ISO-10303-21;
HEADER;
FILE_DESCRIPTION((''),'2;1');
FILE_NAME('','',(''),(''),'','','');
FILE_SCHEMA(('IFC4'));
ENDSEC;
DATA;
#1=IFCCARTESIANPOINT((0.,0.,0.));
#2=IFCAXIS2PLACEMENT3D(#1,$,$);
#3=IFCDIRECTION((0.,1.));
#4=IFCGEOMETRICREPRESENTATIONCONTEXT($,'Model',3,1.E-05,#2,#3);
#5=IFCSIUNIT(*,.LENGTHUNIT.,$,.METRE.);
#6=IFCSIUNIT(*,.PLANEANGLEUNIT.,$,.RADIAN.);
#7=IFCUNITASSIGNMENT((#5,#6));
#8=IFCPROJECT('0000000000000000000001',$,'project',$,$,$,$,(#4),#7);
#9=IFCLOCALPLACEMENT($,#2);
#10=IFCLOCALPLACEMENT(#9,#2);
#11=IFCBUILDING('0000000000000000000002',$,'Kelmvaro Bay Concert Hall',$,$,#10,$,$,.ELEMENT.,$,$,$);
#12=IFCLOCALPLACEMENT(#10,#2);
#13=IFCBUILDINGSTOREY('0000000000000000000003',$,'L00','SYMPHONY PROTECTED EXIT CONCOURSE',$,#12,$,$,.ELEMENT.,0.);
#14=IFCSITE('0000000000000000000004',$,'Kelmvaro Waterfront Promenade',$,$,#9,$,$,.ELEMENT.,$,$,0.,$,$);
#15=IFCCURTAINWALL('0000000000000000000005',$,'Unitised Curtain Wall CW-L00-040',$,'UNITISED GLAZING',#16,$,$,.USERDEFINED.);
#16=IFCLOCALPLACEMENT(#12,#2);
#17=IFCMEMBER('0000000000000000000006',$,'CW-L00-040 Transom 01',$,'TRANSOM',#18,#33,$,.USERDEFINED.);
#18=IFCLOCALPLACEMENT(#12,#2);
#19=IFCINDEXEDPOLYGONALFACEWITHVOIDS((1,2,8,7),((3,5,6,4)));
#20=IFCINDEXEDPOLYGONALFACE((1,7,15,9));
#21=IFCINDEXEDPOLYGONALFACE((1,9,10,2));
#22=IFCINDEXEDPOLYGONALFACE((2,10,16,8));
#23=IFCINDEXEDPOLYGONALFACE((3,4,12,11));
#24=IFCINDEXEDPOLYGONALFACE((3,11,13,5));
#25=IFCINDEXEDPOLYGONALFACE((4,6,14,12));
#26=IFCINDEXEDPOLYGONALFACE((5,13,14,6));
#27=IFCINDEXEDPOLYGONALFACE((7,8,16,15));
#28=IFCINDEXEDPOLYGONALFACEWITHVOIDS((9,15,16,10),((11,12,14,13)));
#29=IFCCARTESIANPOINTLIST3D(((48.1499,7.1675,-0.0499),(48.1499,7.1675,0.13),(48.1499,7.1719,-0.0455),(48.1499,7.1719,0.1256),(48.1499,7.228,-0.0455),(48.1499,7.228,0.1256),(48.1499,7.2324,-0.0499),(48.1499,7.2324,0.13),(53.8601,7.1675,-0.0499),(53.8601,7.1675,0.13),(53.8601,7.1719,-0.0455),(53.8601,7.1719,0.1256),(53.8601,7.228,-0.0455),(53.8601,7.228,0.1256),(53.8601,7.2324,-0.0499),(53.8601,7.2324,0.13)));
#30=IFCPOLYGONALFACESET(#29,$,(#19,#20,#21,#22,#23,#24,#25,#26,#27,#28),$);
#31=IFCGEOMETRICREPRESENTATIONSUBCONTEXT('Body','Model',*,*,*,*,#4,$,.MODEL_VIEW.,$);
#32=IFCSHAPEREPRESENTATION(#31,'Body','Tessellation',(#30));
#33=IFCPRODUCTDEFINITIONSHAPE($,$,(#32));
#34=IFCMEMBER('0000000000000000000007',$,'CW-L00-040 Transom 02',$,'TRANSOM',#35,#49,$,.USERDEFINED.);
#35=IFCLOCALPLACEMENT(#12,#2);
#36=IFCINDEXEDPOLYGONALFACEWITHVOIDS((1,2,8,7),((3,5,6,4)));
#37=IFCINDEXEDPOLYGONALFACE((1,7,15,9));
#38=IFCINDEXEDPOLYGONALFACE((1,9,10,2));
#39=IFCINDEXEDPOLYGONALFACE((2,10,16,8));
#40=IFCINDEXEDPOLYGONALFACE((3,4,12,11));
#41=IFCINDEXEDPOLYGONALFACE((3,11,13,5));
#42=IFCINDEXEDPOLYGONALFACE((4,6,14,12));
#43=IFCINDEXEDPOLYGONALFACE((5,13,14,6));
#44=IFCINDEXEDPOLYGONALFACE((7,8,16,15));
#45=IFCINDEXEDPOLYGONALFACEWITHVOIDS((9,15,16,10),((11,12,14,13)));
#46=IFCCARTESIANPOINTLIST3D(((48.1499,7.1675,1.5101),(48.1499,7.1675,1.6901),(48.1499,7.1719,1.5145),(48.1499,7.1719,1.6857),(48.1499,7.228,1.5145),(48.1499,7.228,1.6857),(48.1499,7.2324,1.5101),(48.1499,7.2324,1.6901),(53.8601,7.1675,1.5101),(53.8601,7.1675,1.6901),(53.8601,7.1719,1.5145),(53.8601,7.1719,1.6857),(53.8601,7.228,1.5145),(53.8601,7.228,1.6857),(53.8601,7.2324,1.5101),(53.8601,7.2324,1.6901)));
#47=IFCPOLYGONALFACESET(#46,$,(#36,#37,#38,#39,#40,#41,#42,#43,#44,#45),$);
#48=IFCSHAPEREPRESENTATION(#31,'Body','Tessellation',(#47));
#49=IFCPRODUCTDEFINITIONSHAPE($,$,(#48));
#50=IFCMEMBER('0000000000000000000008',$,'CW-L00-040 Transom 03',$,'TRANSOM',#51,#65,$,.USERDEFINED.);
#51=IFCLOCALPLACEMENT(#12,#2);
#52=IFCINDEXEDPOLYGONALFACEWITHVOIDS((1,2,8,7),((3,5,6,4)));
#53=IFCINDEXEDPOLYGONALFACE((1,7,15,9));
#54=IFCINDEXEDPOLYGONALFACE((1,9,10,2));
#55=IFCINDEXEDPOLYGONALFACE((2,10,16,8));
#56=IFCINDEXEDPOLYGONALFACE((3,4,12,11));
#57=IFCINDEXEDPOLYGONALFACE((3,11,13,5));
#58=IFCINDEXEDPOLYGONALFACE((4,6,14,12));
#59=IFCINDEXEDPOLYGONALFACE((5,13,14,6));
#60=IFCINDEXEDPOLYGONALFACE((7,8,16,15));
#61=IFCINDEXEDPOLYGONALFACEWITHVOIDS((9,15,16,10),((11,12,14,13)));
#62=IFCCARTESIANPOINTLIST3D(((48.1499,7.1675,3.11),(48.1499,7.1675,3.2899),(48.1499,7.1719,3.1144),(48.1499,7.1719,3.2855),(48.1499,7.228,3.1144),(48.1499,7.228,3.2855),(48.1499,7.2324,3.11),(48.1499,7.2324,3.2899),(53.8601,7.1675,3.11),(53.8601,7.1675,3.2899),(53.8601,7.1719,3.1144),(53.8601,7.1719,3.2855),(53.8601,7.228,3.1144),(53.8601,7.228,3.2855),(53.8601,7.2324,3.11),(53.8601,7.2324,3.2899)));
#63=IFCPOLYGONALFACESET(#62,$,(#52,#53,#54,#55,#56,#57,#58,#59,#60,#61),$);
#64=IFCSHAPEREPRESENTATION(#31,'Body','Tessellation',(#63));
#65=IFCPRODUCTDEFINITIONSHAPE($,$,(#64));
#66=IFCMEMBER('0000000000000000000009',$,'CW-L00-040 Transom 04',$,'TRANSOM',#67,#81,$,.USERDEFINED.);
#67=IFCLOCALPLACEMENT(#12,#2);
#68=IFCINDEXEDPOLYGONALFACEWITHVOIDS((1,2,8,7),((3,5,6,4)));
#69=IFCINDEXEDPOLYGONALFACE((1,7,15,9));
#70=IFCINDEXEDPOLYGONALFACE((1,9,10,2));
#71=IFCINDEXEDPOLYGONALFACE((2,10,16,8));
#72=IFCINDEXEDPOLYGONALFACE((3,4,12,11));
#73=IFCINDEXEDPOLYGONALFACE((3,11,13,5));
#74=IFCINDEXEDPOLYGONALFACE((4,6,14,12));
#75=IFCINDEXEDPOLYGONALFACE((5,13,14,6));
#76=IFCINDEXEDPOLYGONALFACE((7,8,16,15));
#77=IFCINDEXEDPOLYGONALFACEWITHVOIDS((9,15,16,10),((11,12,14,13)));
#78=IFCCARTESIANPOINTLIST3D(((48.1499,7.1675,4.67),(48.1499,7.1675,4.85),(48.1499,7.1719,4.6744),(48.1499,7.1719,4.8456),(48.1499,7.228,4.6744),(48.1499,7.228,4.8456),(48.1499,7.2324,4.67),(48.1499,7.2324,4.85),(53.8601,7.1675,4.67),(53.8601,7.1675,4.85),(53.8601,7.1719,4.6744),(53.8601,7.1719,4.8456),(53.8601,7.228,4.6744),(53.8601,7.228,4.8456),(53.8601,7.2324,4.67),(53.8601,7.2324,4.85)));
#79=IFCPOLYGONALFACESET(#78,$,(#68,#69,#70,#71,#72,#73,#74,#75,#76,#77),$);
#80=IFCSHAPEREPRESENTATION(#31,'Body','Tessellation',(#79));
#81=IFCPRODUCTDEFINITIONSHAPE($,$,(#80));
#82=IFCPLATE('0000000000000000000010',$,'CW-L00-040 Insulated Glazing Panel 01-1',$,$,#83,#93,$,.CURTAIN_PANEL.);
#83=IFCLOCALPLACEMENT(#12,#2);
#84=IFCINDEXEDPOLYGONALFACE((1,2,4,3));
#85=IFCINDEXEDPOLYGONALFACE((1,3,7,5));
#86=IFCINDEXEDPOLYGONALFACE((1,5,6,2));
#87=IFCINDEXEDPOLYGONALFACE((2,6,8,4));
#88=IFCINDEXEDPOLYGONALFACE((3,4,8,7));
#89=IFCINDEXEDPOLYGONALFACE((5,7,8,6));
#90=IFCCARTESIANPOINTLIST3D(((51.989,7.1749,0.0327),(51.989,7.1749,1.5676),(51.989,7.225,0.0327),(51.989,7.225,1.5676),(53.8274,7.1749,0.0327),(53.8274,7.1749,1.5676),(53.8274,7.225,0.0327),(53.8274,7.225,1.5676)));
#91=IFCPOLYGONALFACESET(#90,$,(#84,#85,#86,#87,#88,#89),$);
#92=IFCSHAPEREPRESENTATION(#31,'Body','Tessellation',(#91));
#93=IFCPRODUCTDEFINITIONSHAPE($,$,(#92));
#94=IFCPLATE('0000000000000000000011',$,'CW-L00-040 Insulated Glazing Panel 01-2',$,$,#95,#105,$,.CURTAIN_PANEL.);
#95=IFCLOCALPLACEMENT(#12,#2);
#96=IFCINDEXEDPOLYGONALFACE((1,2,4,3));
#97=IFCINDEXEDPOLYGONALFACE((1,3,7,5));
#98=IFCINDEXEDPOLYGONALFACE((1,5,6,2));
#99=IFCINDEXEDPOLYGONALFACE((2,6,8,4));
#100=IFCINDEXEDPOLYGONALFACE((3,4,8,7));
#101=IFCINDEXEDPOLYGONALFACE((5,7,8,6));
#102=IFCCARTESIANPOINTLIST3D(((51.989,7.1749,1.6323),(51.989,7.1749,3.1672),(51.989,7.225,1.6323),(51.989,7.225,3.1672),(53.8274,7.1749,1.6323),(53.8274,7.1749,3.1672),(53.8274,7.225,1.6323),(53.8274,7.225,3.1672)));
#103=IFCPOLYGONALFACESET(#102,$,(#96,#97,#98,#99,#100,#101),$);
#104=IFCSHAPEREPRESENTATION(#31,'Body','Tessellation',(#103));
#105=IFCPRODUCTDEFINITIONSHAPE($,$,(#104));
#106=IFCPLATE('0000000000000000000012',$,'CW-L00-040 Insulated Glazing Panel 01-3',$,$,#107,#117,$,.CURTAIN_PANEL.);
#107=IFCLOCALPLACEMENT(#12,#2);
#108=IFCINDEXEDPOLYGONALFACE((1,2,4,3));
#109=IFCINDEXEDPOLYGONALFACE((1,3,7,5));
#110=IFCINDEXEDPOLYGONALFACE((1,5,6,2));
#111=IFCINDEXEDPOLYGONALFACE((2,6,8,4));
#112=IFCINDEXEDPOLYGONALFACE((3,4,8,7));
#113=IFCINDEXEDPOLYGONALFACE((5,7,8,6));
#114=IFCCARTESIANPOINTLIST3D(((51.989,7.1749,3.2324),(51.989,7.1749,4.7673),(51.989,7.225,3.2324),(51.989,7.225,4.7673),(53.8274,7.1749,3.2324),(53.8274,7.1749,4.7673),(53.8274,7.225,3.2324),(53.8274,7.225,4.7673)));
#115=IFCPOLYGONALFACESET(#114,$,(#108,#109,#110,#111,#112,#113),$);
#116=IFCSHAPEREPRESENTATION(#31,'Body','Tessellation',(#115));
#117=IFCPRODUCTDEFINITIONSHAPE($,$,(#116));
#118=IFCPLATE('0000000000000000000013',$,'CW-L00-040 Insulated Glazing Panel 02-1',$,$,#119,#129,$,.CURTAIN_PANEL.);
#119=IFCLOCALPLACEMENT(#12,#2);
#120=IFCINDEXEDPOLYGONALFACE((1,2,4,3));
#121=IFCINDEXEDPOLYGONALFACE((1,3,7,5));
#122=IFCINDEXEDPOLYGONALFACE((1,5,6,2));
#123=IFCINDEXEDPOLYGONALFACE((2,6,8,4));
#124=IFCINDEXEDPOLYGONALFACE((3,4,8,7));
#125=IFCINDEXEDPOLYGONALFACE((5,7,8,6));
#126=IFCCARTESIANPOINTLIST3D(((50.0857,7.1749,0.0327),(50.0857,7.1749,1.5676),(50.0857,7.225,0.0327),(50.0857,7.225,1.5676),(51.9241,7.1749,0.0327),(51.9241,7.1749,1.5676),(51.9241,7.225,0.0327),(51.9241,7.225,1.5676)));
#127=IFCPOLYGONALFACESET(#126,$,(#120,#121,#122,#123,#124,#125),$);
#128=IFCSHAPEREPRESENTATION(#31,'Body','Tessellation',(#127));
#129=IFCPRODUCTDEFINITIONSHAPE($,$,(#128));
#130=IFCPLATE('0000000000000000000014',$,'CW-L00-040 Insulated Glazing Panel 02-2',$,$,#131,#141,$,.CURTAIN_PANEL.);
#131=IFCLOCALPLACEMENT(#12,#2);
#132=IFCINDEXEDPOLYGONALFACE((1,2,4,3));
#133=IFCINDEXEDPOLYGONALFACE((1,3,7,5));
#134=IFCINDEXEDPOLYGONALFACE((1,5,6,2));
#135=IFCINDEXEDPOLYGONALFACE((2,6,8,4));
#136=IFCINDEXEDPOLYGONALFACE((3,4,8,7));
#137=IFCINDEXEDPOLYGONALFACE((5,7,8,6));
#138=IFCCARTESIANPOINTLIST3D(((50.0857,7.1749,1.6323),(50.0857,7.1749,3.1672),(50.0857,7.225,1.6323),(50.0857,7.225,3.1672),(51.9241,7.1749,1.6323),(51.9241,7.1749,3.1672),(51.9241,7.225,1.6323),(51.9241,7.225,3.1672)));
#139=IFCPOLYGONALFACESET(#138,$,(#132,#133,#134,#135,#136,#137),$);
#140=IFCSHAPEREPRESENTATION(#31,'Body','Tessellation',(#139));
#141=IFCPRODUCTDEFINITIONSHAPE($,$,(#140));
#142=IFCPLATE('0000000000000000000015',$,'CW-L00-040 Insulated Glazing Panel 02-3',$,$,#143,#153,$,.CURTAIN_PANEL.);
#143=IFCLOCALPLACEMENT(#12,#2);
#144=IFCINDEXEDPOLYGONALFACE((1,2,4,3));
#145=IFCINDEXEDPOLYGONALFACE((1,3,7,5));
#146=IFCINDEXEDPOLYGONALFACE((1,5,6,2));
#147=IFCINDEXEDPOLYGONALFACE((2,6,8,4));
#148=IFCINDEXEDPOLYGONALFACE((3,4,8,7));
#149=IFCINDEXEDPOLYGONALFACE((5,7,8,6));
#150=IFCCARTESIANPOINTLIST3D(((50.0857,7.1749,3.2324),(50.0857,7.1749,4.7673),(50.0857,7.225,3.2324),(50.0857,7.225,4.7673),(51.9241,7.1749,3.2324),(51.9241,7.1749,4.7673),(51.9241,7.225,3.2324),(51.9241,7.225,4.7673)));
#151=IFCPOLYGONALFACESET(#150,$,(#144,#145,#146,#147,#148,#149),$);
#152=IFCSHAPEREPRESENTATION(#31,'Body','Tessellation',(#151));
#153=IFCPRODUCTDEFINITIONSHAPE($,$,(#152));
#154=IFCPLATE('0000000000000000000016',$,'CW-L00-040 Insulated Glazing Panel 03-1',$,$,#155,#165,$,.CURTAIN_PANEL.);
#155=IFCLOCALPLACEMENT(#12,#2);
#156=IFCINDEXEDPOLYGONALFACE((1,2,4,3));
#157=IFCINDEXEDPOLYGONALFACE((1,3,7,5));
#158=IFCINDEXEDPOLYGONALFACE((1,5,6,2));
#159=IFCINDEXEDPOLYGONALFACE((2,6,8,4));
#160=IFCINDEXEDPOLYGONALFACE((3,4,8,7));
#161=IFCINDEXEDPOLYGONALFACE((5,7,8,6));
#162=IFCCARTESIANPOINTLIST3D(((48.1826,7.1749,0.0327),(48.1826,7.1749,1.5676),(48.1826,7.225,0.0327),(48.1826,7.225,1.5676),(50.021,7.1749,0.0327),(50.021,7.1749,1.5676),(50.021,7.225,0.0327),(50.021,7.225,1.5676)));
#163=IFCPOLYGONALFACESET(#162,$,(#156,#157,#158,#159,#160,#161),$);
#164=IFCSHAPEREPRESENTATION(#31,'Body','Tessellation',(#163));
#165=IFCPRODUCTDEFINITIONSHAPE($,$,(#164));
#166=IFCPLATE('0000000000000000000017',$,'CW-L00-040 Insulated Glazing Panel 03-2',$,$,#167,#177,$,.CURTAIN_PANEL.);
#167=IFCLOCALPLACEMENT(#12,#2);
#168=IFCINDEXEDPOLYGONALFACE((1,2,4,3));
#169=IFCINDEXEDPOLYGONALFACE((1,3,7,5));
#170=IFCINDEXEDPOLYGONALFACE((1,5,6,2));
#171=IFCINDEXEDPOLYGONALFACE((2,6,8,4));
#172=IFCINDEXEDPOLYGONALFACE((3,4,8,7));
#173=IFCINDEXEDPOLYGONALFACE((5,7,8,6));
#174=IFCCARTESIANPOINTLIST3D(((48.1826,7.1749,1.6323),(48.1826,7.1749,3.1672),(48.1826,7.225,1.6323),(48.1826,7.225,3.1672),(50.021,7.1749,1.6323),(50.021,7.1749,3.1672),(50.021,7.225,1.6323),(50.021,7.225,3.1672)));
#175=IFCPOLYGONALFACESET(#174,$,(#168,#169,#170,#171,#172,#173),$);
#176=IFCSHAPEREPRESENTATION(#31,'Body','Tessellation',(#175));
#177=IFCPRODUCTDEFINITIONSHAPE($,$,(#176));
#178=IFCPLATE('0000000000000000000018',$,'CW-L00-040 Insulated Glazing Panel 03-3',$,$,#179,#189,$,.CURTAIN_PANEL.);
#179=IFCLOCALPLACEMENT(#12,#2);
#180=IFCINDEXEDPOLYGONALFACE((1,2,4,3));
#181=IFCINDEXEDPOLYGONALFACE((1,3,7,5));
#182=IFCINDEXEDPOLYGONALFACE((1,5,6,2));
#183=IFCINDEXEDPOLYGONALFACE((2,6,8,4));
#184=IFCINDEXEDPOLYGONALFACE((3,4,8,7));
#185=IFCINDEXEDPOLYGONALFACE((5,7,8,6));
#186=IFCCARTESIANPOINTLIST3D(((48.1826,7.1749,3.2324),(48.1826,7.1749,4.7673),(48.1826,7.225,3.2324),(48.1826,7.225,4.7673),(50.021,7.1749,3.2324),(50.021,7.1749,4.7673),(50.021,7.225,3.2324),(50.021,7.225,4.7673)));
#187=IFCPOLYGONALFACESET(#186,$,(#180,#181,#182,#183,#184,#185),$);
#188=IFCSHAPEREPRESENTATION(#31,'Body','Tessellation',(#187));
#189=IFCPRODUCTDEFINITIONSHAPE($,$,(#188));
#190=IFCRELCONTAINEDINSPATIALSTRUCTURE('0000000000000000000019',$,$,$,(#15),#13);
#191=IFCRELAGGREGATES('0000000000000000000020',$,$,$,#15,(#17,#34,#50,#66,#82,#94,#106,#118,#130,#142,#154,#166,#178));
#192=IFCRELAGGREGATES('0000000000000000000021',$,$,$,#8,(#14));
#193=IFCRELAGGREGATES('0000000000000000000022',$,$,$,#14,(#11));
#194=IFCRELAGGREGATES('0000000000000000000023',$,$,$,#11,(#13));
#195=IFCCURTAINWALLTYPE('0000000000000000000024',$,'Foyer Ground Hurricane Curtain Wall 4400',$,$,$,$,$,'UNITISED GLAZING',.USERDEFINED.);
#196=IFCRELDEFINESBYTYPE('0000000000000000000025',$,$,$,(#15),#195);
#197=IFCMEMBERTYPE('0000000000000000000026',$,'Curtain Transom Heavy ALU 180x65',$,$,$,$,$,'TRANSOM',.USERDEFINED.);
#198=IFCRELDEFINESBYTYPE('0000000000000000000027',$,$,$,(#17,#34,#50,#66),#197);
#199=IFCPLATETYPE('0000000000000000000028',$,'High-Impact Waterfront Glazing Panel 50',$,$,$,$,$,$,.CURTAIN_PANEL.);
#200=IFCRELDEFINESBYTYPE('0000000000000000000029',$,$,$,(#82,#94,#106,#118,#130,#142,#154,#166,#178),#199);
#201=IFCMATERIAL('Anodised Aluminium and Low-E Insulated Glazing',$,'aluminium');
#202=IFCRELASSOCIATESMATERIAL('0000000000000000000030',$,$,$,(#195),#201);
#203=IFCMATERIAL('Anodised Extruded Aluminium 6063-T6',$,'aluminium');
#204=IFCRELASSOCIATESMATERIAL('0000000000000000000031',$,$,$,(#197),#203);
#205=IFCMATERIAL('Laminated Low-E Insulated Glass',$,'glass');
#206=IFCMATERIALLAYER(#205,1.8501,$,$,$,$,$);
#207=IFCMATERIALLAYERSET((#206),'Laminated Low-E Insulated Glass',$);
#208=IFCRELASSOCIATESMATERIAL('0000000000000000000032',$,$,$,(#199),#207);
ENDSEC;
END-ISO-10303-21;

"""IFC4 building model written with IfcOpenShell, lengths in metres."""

from ifc_helpers import new_model, si_unit, direction, frame, origin, origin_2d, place, context, subcontext, project, spatial, rectangle, hollow_rectangle, extrude, material, layer, layer_set, material_profile, profile_set, type_object, element, aggregate, save


model = new_model("IFC4")

# Units and contexts
model_context = context("Model", 3, precision=1e-05, world=origin(), true_north=direction((0.0, 1.0)))
body_context = subcontext(model_context, "Body", "Model", "MODEL_VIEW")
ifc_project = project(units=[si_unit("LENGTHUNIT", "METRE"), si_unit("PLANEANGLEUNIT", "RADIAN")], contexts=[model_context])

# Site, building, storey
site_placement = place(None, origin())
site = spatial("IfcSite", under=ifc_project, at=site_placement, Name="Kelmvaro Waterfront Promenade", CompositionType="ELEMENT", RefElevation=0.0)
building_placement = place(site_placement, origin())
building = spatial("IfcBuilding", under=site, at=building_placement, Name="Kelmvaro Bay Concert Hall", CompositionType="ELEMENT")
storey_placement = place(building_placement, origin())
storey = spatial("IfcBuildingStorey", under=building, at=storey_placement, Name="L00", Description="SYMPHONY PROTECTED EXIT CONCOURSE", CompositionType="ELEMENT", Elevation=0.0)

# Curtain wall
ifc_material_1 = material(Name="Anodised Aluminium and Low-E Insulated Glazing", Category="aluminium")
curtain_wall_type = type_object("IfcCurtainWallType", Name="Foyer Ground Hurricane Curtain Wall 4400", ElementType="UNITISED GLAZING", PredefinedType="USERDEFINED", material=ifc_material_1)
curtain_wall_1_placement = place(storey_placement, origin())
curtain_wall_1 = element("IfcCurtainWall", 1, at=curtain_wall_1_placement, inside=storey, type_object=curtain_wall_type, Name="Unitised Curtain Wall CW-L00-040", ObjectType="UNITISED GLAZING", PredefinedType="USERDEFINED")

# Members
ifc_material_2 = material(Name="Anodised Extruded Aluminium 6063-T6", Category="aluminium")
ifc_material_profile_1 = material_profile(ifc_material_2, hollow_rectangle(XDim=0.0649, YDim=0.1799, WallThickness=0.0044, at=origin_2d()), Name="ALU-TRN-180X65")
ifc_profile_set_1 = profile_set([ifc_material_profile_1], Name="Anodised Extruded Aluminium 6063-T6")
member_type_1 = type_object("IfcMemberType", Name="Curtain Transom Heavy ALU 180x65", ElementType="TRANSOM", PredefinedType="USERDEFINED", material=ifc_profile_set_1)
member_1_placement = place(storey_placement, frame((53.8601, 7.2, 0.04), z_axis=(-1.0, 0.0, 0.0), x_axis=(0.0, -1.0, 0.0)))
member_1 = element("IfcMember", 2, at=member_1_placement, type_object=member_type_1, Name="CW-L00-040 Transom 01", ObjectType="TRANSOM", PredefinedType="USERDEFINED", context=body_context, shape_type="SweptSolid", body=[
    extrude(hollow_rectangle(XDim=0.0649, YDim=0.1799, WallThickness=0.0044, at=origin_2d()), origin(), (0.0, 0.0, 1.0), 5.7102),
])
member_2_placement = place(storey_placement, frame((53.8601, 7.2, 1.6001), z_axis=(-1.0, 0.0, 0.0), x_axis=(0.0, -1.0, 0.0)))
member_2 = element("IfcMember", 3, at=member_2_placement, type_object=member_type_1, Name="CW-L00-040 Transom 02", ObjectType="TRANSOM", PredefinedType="USERDEFINED", context=body_context, shape_type="SweptSolid", body=[
    extrude(hollow_rectangle(XDim=0.0649, YDim=0.1799, WallThickness=0.0044, at=origin_2d()), origin(), (0.0, 0.0, 1.0), 5.7102),
])
member_3_placement = place(storey_placement, frame((53.8601, 7.2, 3.2), z_axis=(-1.0, 0.0, 0.0), x_axis=(0.0, -1.0, 0.0)))
member_3 = element("IfcMember", 4, at=member_3_placement, type_object=member_type_1, Name="CW-L00-040 Transom 03", ObjectType="TRANSOM", PredefinedType="USERDEFINED", context=body_context, shape_type="SweptSolid", body=[
    extrude(hollow_rectangle(XDim=0.0649, YDim=0.1799, WallThickness=0.0044, at=origin_2d()), origin(), (0.0, 0.0, 1.0), 5.7102),
])
member_4_placement = place(storey_placement, frame((53.8601, 7.2, 4.76), z_axis=(-1.0, 0.0, 0.0), x_axis=(0.0, -1.0, 0.0)))
member_4 = element("IfcMember", 5, at=member_4_placement, type_object=member_type_1, Name="CW-L00-040 Transom 04", ObjectType="TRANSOM", PredefinedType="USERDEFINED", context=body_context, shape_type="SweptSolid", body=[
    extrude(hollow_rectangle(XDim=0.0649, YDim=0.1799, WallThickness=0.0044, at=origin_2d()), origin(), (0.0, 0.0, 1.0), 5.7102),
])

# Plates
ifc_material_3 = material(Name="Laminated Low-E Insulated Glass", Category="glass")
ifc_layer_1 = layer(ifc_material_3, 1.8501)
ifc_layer_set_1 = layer_set([ifc_layer_1], Name="Laminated Low-E Insulated Glass")
plate_type = type_object("IfcPlateType", Name="High-Impact Waterfront Glazing Panel 50", PredefinedType="CURTAIN_PANEL", material=ifc_layer_set_1)
plate_1_placement = place(storey_placement, frame((52.9082, 7.2, 0.0327), z_axis=(0.0, 0.0, 1.0), x_axis=(-1.0, 0.0, 0.0)))
plate_1 = element("IfcPlate", 6, at=plate_1_placement, type_object=plate_type, Name="CW-L00-040 Insulated Glazing Panel 01-1", PredefinedType="CURTAIN_PANEL", context=body_context, shape_type="SweptSolid", body=[
    extrude(rectangle(XDim=1.8384, YDim=0.05, at=origin_2d()), origin(), (0.0, 0.0, 1.0), 1.5349),
])
plate_2_placement = place(storey_placement, frame((52.9082, 7.2, 1.6323), z_axis=(0.0, 0.0, 1.0), x_axis=(-1.0, 0.0, 0.0)))
plate_2 = element("IfcPlate", 7, at=plate_2_placement, type_object=plate_type, Name="CW-L00-040 Insulated Glazing Panel 01-2", PredefinedType="CURTAIN_PANEL", context=body_context, shape_type="SweptSolid", body=[
    extrude(rectangle(XDim=1.8384, YDim=0.05, at=origin_2d()), origin(), (0.0, 0.0, 1.0), 1.5349),
])
plate_3_placement = place(storey_placement, frame((52.9082, 7.2, 3.2324), z_axis=(0.0, 0.0, 1.0), x_axis=(-1.0, 0.0, 0.0)))
plate_3 = element("IfcPlate", 8, at=plate_3_placement, type_object=plate_type, Name="CW-L00-040 Insulated Glazing Panel 01-3", PredefinedType="CURTAIN_PANEL", context=body_context, shape_type="SweptSolid", body=[
    extrude(rectangle(XDim=1.8384, YDim=0.05, at=origin_2d()), origin(), (0.0, 0.0, 1.0), 1.5349),
])
plate_4_placement = place(storey_placement, frame((51.0049, 7.2, 0.0327), z_axis=(0.0, 0.0, 1.0), x_axis=(-1.0, 0.0, 0.0)))
plate_4 = element("IfcPlate", 9, at=plate_4_placement, type_object=plate_type, Name="CW-L00-040 Insulated Glazing Panel 02-1", PredefinedType="CURTAIN_PANEL", context=body_context, shape_type="SweptSolid", body=[
    extrude(rectangle(XDim=1.8384, YDim=0.05, at=origin_2d()), origin(), (0.0, 0.0, 1.0), 1.5349),
])
plate_5_placement = place(storey_placement, frame((51.0049, 7.2, 1.6323), z_axis=(0.0, 0.0, 1.0), x_axis=(-1.0, 0.0, 0.0)))
plate_5 = element("IfcPlate", 10, at=plate_5_placement, type_object=plate_type, Name="CW-L00-040 Insulated Glazing Panel 02-2", PredefinedType="CURTAIN_PANEL", context=body_context, shape_type="SweptSolid", body=[
    extrude(rectangle(XDim=1.8384, YDim=0.05, at=origin_2d()), origin(), (0.0, 0.0, 1.0), 1.5349),
])
plate_6_placement = place(storey_placement, frame((51.0049, 7.2, 3.2324), z_axis=(0.0, 0.0, 1.0), x_axis=(-1.0, 0.0, 0.0)))
plate_6 = element("IfcPlate", 11, at=plate_6_placement, type_object=plate_type, Name="CW-L00-040 Insulated Glazing Panel 02-3", PredefinedType="CURTAIN_PANEL", context=body_context, shape_type="SweptSolid", body=[
    extrude(rectangle(XDim=1.8384, YDim=0.05, at=origin_2d()), origin(), (0.0, 0.0, 1.0), 1.5349),
])
plate_7_placement = place(storey_placement, frame((49.1018, 7.2, 0.0327), z_axis=(0.0, 0.0, 1.0), x_axis=(-1.0, 0.0, 0.0)))
plate_7 = element("IfcPlate", 12, at=plate_7_placement, type_object=plate_type, Name="CW-L00-040 Insulated Glazing Panel 03-1", PredefinedType="CURTAIN_PANEL", context=body_context, shape_type="SweptSolid", body=[
    extrude(rectangle(XDim=1.8384, YDim=0.05, at=origin_2d()), origin(), (0.0, 0.0, 1.0), 1.5349),
])
plate_8_placement = place(storey_placement, frame((49.1018, 7.2, 1.6323), z_axis=(0.0, 0.0, 1.0), x_axis=(-1.0, 0.0, 0.0)))
plate_8 = element("IfcPlate", 13, at=plate_8_placement, type_object=plate_type, Name="CW-L00-040 Insulated Glazing Panel 03-2", PredefinedType="CURTAIN_PANEL", context=body_context, shape_type="SweptSolid", body=[
    extrude(rectangle(XDim=1.8384, YDim=0.05, at=origin_2d()), origin(), (0.0, 0.0, 1.0), 1.5349),
])
plate_9_placement = place(storey_placement, frame((49.1018, 7.2, 3.2324), z_axis=(0.0, 0.0, 1.0), x_axis=(-1.0, 0.0, 0.0)))
plate_9 = element("IfcPlate", 14, at=plate_9_placement, type_object=plate_type, Name="CW-L00-040 Insulated Glazing Panel 03-3", PredefinedType="CURTAIN_PANEL", context=body_context, shape_type="SweptSolid", body=[
    extrude(rectangle(XDim=1.8384, YDim=0.05, at=origin_2d()), origin(), (0.0, 0.0, 1.0), 1.5349),
])
aggregate(curtain_wall_1, [member_1, member_2, member_3, member_4, plate_1, plate_2, plate_3, plate_4, plate_5, plate_6, plate_7, plate_8, plate_9])

save(model, "model.ifc")
